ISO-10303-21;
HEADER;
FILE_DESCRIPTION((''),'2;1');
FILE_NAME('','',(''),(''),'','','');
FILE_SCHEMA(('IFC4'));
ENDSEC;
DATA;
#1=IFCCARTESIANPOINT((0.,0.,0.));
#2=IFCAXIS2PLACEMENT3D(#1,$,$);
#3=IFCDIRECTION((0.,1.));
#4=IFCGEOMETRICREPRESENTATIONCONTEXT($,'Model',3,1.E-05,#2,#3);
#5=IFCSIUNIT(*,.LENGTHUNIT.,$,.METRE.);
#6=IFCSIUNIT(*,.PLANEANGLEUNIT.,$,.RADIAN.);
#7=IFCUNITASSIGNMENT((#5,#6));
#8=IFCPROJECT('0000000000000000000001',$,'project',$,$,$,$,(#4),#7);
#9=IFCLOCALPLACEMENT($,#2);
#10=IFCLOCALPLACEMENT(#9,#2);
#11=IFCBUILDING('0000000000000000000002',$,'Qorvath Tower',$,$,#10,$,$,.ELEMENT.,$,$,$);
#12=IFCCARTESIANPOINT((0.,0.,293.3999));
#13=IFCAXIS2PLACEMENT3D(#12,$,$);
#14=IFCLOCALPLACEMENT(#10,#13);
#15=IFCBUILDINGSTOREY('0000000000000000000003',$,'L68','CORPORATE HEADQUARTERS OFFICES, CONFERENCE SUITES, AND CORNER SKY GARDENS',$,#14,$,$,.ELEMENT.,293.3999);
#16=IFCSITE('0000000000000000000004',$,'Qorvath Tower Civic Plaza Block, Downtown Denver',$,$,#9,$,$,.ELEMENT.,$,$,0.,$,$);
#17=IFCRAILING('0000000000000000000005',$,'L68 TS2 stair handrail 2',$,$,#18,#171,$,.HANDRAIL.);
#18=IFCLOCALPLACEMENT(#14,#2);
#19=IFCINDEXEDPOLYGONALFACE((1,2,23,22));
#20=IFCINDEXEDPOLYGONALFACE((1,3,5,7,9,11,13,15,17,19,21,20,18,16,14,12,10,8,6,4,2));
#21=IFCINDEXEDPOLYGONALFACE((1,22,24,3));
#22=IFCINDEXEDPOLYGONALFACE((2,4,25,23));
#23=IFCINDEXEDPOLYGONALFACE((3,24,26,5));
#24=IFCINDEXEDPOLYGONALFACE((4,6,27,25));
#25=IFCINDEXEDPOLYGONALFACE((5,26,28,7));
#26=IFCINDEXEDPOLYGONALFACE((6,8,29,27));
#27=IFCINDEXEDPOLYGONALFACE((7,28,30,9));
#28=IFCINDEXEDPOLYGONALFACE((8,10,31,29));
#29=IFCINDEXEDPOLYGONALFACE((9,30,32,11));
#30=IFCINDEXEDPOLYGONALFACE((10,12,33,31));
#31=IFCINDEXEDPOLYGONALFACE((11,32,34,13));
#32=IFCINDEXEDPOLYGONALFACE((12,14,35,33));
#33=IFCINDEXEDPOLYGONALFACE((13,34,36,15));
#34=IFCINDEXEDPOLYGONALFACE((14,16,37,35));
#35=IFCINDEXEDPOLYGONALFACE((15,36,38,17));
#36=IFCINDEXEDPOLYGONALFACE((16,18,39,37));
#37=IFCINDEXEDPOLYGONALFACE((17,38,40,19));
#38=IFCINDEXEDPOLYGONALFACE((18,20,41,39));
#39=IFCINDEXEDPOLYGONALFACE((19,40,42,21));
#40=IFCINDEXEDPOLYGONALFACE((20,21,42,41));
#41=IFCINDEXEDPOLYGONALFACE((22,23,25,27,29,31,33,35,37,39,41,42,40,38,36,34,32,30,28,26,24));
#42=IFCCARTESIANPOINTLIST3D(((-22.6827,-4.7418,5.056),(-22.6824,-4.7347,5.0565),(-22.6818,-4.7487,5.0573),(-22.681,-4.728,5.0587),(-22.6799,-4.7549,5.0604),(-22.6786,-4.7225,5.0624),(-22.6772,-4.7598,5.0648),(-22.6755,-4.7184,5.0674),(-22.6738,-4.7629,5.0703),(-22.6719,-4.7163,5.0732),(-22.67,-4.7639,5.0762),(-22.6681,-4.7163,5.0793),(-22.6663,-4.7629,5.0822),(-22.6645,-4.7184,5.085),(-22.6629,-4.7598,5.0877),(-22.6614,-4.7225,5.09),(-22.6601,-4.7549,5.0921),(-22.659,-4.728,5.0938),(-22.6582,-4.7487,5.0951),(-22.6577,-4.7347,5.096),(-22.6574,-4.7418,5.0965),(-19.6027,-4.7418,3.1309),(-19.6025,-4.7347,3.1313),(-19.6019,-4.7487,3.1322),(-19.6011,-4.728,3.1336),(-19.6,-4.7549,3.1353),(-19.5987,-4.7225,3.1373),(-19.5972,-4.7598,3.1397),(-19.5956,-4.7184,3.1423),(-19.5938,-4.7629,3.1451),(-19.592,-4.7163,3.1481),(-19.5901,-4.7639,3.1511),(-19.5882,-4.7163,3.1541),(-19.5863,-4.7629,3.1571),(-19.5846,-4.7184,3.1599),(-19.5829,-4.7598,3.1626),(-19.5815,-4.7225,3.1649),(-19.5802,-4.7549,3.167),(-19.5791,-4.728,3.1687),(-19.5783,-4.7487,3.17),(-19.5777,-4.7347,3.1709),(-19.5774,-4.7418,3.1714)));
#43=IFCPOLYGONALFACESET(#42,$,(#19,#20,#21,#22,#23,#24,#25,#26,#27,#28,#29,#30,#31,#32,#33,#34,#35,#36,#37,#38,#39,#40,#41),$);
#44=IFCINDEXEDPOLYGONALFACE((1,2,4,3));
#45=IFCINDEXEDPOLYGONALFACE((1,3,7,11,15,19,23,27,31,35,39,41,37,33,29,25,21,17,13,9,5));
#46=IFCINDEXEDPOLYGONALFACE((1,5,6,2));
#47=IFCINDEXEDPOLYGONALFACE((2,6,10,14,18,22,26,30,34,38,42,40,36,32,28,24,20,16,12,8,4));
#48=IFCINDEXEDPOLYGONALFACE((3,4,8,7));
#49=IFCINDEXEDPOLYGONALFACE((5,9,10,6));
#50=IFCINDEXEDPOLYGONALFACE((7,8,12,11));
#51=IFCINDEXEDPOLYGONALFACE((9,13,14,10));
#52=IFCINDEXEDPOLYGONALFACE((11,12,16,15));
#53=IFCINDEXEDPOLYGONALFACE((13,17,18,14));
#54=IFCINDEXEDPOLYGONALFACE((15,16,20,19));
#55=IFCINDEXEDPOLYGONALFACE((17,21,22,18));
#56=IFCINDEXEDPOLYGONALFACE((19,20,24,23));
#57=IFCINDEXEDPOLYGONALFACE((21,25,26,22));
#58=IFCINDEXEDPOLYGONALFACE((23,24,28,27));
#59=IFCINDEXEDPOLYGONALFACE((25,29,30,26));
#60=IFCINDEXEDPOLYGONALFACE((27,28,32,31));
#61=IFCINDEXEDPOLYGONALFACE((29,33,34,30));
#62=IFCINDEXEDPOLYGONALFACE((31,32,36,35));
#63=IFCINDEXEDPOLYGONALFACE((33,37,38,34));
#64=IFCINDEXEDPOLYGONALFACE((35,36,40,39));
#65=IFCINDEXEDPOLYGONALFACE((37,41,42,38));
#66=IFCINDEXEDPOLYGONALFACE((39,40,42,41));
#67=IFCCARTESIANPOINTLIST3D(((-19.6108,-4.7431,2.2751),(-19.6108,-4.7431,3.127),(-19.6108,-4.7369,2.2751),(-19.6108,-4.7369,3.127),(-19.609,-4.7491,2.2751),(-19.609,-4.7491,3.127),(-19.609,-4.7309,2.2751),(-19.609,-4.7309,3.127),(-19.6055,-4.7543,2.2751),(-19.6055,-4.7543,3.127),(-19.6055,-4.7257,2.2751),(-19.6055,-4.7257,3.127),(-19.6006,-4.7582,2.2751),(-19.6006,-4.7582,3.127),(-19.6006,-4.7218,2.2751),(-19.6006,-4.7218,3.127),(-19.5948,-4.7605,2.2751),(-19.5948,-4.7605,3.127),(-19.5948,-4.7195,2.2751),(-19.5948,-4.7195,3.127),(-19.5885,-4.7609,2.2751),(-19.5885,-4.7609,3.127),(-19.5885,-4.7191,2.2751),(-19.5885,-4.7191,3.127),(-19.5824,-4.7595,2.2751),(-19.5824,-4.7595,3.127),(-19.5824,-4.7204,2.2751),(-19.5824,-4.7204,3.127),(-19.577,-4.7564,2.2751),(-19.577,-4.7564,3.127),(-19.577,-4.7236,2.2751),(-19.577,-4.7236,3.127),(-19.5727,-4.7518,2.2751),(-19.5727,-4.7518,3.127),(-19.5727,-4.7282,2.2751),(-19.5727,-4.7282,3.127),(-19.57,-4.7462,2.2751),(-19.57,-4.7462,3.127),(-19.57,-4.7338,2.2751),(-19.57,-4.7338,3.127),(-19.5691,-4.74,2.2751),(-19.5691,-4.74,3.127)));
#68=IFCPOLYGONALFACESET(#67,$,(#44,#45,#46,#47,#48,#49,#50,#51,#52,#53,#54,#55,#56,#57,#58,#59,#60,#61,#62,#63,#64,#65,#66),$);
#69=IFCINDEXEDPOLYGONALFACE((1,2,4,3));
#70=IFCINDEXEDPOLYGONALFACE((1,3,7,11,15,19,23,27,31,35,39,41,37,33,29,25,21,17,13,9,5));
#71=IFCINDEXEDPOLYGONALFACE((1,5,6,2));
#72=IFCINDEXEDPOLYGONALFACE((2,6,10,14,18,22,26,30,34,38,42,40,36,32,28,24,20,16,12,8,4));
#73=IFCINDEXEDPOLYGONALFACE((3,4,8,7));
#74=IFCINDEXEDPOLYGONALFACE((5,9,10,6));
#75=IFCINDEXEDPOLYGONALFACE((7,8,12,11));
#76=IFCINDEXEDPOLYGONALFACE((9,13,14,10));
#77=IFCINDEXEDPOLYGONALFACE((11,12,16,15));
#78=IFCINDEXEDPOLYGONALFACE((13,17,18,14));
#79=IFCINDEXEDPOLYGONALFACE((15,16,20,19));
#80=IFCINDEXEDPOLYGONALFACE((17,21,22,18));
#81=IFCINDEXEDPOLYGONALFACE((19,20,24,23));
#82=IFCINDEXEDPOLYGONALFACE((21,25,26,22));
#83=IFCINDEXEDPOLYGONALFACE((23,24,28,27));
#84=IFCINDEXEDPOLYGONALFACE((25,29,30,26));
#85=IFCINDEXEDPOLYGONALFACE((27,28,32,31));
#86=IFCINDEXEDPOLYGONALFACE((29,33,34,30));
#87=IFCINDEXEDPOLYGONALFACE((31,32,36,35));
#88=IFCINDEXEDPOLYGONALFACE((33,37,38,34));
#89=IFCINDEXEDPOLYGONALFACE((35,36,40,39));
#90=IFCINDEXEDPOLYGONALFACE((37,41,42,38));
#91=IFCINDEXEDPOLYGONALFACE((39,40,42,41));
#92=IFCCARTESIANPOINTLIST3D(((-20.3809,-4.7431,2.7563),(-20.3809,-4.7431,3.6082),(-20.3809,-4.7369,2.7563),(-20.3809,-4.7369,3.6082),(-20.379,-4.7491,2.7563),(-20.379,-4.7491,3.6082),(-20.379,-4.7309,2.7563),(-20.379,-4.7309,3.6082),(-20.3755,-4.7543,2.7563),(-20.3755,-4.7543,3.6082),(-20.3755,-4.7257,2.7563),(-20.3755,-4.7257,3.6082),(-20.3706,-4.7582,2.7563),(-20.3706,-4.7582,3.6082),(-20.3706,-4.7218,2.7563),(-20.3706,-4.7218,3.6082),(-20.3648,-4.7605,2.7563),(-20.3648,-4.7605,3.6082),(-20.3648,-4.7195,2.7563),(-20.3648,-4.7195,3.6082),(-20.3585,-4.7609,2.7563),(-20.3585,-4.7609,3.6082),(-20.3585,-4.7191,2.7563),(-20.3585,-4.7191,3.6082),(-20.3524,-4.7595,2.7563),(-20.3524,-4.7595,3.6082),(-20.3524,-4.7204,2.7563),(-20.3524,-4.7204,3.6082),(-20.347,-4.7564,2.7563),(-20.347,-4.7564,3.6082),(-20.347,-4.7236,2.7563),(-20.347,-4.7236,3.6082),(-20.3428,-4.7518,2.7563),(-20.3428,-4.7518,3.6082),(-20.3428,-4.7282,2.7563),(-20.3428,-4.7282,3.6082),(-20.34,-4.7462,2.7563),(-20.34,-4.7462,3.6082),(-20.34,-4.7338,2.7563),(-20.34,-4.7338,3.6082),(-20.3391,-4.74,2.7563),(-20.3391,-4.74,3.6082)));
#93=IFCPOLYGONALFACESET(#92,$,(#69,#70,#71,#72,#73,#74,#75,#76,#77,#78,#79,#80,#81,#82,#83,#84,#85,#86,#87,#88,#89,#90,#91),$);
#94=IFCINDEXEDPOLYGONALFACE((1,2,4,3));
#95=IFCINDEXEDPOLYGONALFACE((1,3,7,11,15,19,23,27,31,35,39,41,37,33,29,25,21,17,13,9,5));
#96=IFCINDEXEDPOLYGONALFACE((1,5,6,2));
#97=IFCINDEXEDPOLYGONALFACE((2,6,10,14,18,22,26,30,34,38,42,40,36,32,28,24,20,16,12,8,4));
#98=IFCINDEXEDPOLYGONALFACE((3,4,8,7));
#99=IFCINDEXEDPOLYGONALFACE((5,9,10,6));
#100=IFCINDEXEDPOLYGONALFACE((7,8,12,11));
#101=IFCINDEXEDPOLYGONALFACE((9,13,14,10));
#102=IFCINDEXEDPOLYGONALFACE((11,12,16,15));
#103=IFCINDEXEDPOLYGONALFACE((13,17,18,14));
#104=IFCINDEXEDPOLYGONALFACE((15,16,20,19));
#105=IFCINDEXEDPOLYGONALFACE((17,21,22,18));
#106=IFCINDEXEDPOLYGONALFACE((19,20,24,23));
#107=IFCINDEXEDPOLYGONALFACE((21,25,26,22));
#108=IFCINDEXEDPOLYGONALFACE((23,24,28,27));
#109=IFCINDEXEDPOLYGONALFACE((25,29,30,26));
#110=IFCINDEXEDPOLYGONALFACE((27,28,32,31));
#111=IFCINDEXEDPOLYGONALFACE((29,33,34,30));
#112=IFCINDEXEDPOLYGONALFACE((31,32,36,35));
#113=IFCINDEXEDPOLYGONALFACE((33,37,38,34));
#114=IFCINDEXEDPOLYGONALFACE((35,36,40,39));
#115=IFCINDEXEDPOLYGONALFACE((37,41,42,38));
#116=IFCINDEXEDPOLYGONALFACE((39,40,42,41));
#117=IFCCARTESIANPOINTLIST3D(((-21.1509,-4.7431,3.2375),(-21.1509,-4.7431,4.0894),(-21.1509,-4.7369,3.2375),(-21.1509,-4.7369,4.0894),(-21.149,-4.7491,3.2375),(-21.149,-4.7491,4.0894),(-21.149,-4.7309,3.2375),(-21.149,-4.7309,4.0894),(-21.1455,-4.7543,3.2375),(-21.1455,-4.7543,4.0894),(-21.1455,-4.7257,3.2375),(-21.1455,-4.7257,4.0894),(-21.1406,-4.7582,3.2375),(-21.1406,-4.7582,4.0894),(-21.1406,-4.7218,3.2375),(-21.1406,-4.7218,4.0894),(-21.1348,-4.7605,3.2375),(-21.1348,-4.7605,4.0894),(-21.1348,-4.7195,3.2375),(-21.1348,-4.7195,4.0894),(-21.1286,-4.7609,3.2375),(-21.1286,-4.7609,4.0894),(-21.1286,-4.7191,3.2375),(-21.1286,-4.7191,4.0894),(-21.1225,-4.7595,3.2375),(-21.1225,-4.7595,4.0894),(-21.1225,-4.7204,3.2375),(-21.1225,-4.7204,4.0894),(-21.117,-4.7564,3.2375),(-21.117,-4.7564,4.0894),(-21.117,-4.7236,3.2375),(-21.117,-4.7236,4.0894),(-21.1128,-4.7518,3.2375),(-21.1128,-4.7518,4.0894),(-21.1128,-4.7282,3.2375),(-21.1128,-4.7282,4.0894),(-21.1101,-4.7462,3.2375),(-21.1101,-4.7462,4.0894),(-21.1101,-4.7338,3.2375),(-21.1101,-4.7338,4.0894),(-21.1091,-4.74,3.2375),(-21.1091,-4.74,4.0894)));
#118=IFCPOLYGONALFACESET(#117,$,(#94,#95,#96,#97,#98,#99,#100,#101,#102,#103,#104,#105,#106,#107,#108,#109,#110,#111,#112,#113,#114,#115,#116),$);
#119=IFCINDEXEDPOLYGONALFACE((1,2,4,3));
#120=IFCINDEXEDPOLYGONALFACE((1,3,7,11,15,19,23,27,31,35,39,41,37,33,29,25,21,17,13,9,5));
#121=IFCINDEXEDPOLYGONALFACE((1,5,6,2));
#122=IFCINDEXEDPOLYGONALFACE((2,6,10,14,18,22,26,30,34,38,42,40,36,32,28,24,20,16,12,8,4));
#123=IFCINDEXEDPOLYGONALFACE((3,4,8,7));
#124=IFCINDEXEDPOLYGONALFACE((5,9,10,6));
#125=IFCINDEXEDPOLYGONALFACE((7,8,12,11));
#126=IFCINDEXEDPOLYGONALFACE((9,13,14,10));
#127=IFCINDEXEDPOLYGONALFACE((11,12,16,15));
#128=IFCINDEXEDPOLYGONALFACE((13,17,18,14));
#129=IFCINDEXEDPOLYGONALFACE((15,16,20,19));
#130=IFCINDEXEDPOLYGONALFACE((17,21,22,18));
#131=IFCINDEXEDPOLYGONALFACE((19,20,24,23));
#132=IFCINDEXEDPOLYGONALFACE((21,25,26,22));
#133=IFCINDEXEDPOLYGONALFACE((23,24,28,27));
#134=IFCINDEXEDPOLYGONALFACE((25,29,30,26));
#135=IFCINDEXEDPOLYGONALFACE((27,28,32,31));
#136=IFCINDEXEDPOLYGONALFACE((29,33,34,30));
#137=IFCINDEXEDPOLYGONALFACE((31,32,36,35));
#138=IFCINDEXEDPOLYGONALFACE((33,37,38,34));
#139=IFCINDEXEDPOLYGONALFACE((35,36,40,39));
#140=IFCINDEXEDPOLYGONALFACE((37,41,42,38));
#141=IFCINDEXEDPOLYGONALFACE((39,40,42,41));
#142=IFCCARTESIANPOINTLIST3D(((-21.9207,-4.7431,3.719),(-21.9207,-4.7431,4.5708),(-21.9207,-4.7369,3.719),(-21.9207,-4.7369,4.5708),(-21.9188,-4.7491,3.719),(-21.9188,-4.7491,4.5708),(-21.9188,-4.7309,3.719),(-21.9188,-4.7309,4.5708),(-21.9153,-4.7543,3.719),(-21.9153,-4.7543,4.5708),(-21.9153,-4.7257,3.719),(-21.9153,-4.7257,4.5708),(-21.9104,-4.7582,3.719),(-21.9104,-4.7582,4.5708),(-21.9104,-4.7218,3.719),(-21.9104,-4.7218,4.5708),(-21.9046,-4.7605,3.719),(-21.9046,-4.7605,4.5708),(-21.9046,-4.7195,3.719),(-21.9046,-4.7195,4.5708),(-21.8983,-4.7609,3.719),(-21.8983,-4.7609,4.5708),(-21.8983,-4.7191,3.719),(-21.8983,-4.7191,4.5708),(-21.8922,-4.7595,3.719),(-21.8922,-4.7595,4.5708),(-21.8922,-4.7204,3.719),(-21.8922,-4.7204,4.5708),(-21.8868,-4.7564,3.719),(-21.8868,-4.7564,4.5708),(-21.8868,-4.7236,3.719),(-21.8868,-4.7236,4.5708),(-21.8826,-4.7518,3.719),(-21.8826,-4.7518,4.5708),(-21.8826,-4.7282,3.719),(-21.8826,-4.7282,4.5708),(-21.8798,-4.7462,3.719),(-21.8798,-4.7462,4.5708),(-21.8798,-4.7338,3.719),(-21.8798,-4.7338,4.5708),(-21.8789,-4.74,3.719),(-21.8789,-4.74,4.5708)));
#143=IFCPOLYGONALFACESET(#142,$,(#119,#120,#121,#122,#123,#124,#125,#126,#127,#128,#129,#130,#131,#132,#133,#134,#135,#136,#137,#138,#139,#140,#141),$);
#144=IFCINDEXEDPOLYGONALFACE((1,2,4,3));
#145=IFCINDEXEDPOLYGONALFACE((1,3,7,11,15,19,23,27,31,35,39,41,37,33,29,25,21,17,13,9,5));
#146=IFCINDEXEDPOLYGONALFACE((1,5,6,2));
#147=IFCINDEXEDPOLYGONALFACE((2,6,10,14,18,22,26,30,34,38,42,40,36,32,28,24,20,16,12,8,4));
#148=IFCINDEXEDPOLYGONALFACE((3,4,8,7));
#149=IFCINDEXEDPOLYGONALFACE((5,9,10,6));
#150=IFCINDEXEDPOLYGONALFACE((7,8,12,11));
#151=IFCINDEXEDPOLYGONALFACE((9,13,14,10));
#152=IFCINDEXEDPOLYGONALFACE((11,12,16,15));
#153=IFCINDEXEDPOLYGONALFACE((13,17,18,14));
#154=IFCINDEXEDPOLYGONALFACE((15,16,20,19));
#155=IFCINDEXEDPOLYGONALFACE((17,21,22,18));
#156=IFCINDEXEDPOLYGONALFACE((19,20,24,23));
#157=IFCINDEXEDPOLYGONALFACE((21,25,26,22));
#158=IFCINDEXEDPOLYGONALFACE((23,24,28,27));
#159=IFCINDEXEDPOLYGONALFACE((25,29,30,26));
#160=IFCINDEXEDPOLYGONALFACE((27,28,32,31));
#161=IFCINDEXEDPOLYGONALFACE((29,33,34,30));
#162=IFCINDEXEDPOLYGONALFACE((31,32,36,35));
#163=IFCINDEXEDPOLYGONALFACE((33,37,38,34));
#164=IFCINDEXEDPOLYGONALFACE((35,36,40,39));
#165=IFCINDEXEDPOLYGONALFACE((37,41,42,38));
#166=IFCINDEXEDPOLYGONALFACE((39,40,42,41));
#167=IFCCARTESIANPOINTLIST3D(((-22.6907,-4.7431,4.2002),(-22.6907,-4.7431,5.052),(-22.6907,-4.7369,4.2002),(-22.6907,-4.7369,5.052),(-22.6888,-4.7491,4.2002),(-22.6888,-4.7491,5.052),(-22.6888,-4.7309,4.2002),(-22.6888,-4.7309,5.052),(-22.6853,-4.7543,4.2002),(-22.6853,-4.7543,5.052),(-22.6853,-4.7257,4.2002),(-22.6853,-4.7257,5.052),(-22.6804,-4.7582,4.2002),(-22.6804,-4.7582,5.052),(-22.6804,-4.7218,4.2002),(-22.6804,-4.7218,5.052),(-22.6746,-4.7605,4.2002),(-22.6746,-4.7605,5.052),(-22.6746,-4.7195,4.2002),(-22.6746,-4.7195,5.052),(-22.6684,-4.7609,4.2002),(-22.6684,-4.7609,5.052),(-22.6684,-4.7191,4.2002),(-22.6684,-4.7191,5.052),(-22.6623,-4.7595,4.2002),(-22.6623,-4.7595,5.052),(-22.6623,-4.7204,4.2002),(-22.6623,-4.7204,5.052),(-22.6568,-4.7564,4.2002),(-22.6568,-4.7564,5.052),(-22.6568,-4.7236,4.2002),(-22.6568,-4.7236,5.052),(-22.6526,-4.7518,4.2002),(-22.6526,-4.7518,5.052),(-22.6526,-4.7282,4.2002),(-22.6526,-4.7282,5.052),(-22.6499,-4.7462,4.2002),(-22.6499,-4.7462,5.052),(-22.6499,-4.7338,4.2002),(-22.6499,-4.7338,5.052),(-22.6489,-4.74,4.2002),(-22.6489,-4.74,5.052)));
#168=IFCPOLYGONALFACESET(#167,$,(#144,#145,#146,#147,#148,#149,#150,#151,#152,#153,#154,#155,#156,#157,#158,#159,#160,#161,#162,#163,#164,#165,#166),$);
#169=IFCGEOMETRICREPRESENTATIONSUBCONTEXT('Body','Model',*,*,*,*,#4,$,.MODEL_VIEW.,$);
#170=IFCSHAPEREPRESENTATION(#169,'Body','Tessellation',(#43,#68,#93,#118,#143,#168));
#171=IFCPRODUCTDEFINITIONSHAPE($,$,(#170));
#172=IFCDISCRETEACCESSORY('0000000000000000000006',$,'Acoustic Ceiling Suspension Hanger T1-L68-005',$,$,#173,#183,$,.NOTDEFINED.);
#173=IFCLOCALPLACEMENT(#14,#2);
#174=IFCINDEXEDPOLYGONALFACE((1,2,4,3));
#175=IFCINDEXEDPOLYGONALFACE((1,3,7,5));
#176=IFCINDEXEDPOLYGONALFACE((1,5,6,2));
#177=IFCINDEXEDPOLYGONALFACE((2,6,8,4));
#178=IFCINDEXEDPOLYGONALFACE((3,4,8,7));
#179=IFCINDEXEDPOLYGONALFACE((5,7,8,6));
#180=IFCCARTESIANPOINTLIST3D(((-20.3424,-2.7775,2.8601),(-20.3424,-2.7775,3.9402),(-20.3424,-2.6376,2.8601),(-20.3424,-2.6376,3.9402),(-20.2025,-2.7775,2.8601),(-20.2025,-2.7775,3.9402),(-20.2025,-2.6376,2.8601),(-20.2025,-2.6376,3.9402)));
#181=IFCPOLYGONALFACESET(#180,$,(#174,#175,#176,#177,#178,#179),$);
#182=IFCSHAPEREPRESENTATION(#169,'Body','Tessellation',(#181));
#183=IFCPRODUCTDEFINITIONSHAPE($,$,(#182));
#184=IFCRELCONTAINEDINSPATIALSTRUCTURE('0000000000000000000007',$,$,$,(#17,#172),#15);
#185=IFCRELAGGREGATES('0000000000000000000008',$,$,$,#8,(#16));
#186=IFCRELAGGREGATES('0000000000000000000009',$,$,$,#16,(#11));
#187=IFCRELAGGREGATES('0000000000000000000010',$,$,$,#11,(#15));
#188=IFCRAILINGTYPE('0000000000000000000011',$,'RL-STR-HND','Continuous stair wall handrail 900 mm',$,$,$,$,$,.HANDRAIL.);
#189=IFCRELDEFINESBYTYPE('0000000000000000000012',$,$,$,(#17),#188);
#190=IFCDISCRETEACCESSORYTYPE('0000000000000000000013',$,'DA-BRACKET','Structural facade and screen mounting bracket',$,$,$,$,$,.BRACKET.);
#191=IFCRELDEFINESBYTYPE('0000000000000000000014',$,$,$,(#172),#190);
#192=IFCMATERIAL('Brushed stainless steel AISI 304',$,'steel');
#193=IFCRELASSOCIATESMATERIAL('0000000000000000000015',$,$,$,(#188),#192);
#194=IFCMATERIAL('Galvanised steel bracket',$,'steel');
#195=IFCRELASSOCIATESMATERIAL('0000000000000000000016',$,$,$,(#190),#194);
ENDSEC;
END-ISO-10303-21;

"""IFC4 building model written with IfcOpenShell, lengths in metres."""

from ifc_helpers import new_model, si_unit, direction, frame, origin, origin_2d, place, context, subcontext, project, spatial, rectangle, circle, extrude, material, type_object, element, save


model = new_model("IFC4")

# Units and contexts
model_context = context("Model", 3, precision=1e-05, world=origin(), true_north=direction((0.0, 1.0)))
body_context = subcontext(model_context, "Body", "Model", "MODEL_VIEW")
ifc_project = project(units=[si_unit("LENGTHUNIT", "METRE"), si_unit("PLANEANGLEUNIT", "RADIAN")], contexts=[model_context])

# Site, building, storey
site_placement = place(None, origin())
site = spatial("IfcSite", under=ifc_project, at=site_placement, Name="Qorvath Tower Civic Plaza Block, Downtown Denver", CompositionType="ELEMENT", RefElevation=0.0)
building_placement = place(site_placement, origin())
building = spatial("IfcBuilding", under=site, at=building_placement, Name="Qorvath Tower", CompositionType="ELEMENT")
storey_placement = place(building_placement, frame((0.0, 0.0, 293.3999)))
storey = spatial("IfcBuildingStorey", under=building, at=storey_placement, Name="L68", Description="CORPORATE HEADQUARTERS OFFICES, CONFERENCE SUITES, AND CORNER SKY GARDENS", CompositionType="ELEMENT", Elevation=293.3999)

# Railing
ifc_material_1 = material(Name="Brushed stainless steel AISI 304", Category="steel")
railing_type_1 = type_object("IfcRailingType", Name="RL-STR-HND", Description="Continuous stair wall handrail 900 mm", PredefinedType="HANDRAIL", material=ifc_material_1)
railing_1_placement = place(storey_placement, frame((-19.5901, -4.74, 2.2751)))
element("IfcRailing", 1, at=railing_1_placement, inside=storey, type_object=railing_type_1, Name="L68 TS2 stair handrail 2", PredefinedType="HANDRAIL", context=body_context, shape_type="SweptSolid", body=[
    extrude(circle(Radius=0.0239, at=origin_2d()), frame((0.0, 0.0, 0.876), z_axis=(-0.847979, 0.0, 0.530029), x_axis=(0.0, -1.0, 0.0)), (0.0, 0.0, 1.0), 3.6321),
    extrude(circle(Radius=0.021, at=origin_2d()), origin(), (0.0, 0.0, 1.0), 0.8518),
    extrude(circle(Radius=0.021, at=origin_2d()), frame((-0.77, 0.0, 0.4812)), (0.0, 0.0, 1.0), 0.8518),
    extrude(circle(Radius=0.021, at=origin_2d()), frame((-1.54, 0.0, 0.9624)), (0.0, 0.0, 1.0), 0.8518),
    extrude(circle(Radius=0.021, at=origin_2d()), frame((-2.3098, 0.0, 1.4438)), (0.0, 0.0, 1.0), 0.8518),
    extrude(circle(Radius=0.021, at=origin_2d()), frame((-3.0798, 0.0, 1.925)), (0.0, 0.0, 1.0), 0.8518),
])

# Discrete accessory
ifc_material_2 = material(Name="Galvanised steel bracket", Category="steel")
discrete_accessory_type = type_object("IfcDiscreteAccessoryType", Name="DA-BRACKET", Description="Structural facade and screen mounting bracket", PredefinedType="BRACKET", material=ifc_material_2)
discrete_accessory_placement = place(storey_placement, frame((-20.2725, -2.7075, 2.8601), z_axis=(0.0, 0.0, 1.0), x_axis=(1.0, 0.0, 0.0)))
element("IfcDiscreteAccessory", 2, at=discrete_accessory_placement, inside=storey, type_object=discrete_accessory_type, Name="Acoustic Ceiling Suspension Hanger T1-L68-005", PredefinedType="NOTDEFINED", context=body_context, shape_type="SweptSolid", body=[
    extrude(rectangle(XDim=0.1399, YDim=0.1399, at=origin_2d()), origin(), (0.0, 0.0, 1.0), 1.0801),
])

save(model, "model.ifc")
